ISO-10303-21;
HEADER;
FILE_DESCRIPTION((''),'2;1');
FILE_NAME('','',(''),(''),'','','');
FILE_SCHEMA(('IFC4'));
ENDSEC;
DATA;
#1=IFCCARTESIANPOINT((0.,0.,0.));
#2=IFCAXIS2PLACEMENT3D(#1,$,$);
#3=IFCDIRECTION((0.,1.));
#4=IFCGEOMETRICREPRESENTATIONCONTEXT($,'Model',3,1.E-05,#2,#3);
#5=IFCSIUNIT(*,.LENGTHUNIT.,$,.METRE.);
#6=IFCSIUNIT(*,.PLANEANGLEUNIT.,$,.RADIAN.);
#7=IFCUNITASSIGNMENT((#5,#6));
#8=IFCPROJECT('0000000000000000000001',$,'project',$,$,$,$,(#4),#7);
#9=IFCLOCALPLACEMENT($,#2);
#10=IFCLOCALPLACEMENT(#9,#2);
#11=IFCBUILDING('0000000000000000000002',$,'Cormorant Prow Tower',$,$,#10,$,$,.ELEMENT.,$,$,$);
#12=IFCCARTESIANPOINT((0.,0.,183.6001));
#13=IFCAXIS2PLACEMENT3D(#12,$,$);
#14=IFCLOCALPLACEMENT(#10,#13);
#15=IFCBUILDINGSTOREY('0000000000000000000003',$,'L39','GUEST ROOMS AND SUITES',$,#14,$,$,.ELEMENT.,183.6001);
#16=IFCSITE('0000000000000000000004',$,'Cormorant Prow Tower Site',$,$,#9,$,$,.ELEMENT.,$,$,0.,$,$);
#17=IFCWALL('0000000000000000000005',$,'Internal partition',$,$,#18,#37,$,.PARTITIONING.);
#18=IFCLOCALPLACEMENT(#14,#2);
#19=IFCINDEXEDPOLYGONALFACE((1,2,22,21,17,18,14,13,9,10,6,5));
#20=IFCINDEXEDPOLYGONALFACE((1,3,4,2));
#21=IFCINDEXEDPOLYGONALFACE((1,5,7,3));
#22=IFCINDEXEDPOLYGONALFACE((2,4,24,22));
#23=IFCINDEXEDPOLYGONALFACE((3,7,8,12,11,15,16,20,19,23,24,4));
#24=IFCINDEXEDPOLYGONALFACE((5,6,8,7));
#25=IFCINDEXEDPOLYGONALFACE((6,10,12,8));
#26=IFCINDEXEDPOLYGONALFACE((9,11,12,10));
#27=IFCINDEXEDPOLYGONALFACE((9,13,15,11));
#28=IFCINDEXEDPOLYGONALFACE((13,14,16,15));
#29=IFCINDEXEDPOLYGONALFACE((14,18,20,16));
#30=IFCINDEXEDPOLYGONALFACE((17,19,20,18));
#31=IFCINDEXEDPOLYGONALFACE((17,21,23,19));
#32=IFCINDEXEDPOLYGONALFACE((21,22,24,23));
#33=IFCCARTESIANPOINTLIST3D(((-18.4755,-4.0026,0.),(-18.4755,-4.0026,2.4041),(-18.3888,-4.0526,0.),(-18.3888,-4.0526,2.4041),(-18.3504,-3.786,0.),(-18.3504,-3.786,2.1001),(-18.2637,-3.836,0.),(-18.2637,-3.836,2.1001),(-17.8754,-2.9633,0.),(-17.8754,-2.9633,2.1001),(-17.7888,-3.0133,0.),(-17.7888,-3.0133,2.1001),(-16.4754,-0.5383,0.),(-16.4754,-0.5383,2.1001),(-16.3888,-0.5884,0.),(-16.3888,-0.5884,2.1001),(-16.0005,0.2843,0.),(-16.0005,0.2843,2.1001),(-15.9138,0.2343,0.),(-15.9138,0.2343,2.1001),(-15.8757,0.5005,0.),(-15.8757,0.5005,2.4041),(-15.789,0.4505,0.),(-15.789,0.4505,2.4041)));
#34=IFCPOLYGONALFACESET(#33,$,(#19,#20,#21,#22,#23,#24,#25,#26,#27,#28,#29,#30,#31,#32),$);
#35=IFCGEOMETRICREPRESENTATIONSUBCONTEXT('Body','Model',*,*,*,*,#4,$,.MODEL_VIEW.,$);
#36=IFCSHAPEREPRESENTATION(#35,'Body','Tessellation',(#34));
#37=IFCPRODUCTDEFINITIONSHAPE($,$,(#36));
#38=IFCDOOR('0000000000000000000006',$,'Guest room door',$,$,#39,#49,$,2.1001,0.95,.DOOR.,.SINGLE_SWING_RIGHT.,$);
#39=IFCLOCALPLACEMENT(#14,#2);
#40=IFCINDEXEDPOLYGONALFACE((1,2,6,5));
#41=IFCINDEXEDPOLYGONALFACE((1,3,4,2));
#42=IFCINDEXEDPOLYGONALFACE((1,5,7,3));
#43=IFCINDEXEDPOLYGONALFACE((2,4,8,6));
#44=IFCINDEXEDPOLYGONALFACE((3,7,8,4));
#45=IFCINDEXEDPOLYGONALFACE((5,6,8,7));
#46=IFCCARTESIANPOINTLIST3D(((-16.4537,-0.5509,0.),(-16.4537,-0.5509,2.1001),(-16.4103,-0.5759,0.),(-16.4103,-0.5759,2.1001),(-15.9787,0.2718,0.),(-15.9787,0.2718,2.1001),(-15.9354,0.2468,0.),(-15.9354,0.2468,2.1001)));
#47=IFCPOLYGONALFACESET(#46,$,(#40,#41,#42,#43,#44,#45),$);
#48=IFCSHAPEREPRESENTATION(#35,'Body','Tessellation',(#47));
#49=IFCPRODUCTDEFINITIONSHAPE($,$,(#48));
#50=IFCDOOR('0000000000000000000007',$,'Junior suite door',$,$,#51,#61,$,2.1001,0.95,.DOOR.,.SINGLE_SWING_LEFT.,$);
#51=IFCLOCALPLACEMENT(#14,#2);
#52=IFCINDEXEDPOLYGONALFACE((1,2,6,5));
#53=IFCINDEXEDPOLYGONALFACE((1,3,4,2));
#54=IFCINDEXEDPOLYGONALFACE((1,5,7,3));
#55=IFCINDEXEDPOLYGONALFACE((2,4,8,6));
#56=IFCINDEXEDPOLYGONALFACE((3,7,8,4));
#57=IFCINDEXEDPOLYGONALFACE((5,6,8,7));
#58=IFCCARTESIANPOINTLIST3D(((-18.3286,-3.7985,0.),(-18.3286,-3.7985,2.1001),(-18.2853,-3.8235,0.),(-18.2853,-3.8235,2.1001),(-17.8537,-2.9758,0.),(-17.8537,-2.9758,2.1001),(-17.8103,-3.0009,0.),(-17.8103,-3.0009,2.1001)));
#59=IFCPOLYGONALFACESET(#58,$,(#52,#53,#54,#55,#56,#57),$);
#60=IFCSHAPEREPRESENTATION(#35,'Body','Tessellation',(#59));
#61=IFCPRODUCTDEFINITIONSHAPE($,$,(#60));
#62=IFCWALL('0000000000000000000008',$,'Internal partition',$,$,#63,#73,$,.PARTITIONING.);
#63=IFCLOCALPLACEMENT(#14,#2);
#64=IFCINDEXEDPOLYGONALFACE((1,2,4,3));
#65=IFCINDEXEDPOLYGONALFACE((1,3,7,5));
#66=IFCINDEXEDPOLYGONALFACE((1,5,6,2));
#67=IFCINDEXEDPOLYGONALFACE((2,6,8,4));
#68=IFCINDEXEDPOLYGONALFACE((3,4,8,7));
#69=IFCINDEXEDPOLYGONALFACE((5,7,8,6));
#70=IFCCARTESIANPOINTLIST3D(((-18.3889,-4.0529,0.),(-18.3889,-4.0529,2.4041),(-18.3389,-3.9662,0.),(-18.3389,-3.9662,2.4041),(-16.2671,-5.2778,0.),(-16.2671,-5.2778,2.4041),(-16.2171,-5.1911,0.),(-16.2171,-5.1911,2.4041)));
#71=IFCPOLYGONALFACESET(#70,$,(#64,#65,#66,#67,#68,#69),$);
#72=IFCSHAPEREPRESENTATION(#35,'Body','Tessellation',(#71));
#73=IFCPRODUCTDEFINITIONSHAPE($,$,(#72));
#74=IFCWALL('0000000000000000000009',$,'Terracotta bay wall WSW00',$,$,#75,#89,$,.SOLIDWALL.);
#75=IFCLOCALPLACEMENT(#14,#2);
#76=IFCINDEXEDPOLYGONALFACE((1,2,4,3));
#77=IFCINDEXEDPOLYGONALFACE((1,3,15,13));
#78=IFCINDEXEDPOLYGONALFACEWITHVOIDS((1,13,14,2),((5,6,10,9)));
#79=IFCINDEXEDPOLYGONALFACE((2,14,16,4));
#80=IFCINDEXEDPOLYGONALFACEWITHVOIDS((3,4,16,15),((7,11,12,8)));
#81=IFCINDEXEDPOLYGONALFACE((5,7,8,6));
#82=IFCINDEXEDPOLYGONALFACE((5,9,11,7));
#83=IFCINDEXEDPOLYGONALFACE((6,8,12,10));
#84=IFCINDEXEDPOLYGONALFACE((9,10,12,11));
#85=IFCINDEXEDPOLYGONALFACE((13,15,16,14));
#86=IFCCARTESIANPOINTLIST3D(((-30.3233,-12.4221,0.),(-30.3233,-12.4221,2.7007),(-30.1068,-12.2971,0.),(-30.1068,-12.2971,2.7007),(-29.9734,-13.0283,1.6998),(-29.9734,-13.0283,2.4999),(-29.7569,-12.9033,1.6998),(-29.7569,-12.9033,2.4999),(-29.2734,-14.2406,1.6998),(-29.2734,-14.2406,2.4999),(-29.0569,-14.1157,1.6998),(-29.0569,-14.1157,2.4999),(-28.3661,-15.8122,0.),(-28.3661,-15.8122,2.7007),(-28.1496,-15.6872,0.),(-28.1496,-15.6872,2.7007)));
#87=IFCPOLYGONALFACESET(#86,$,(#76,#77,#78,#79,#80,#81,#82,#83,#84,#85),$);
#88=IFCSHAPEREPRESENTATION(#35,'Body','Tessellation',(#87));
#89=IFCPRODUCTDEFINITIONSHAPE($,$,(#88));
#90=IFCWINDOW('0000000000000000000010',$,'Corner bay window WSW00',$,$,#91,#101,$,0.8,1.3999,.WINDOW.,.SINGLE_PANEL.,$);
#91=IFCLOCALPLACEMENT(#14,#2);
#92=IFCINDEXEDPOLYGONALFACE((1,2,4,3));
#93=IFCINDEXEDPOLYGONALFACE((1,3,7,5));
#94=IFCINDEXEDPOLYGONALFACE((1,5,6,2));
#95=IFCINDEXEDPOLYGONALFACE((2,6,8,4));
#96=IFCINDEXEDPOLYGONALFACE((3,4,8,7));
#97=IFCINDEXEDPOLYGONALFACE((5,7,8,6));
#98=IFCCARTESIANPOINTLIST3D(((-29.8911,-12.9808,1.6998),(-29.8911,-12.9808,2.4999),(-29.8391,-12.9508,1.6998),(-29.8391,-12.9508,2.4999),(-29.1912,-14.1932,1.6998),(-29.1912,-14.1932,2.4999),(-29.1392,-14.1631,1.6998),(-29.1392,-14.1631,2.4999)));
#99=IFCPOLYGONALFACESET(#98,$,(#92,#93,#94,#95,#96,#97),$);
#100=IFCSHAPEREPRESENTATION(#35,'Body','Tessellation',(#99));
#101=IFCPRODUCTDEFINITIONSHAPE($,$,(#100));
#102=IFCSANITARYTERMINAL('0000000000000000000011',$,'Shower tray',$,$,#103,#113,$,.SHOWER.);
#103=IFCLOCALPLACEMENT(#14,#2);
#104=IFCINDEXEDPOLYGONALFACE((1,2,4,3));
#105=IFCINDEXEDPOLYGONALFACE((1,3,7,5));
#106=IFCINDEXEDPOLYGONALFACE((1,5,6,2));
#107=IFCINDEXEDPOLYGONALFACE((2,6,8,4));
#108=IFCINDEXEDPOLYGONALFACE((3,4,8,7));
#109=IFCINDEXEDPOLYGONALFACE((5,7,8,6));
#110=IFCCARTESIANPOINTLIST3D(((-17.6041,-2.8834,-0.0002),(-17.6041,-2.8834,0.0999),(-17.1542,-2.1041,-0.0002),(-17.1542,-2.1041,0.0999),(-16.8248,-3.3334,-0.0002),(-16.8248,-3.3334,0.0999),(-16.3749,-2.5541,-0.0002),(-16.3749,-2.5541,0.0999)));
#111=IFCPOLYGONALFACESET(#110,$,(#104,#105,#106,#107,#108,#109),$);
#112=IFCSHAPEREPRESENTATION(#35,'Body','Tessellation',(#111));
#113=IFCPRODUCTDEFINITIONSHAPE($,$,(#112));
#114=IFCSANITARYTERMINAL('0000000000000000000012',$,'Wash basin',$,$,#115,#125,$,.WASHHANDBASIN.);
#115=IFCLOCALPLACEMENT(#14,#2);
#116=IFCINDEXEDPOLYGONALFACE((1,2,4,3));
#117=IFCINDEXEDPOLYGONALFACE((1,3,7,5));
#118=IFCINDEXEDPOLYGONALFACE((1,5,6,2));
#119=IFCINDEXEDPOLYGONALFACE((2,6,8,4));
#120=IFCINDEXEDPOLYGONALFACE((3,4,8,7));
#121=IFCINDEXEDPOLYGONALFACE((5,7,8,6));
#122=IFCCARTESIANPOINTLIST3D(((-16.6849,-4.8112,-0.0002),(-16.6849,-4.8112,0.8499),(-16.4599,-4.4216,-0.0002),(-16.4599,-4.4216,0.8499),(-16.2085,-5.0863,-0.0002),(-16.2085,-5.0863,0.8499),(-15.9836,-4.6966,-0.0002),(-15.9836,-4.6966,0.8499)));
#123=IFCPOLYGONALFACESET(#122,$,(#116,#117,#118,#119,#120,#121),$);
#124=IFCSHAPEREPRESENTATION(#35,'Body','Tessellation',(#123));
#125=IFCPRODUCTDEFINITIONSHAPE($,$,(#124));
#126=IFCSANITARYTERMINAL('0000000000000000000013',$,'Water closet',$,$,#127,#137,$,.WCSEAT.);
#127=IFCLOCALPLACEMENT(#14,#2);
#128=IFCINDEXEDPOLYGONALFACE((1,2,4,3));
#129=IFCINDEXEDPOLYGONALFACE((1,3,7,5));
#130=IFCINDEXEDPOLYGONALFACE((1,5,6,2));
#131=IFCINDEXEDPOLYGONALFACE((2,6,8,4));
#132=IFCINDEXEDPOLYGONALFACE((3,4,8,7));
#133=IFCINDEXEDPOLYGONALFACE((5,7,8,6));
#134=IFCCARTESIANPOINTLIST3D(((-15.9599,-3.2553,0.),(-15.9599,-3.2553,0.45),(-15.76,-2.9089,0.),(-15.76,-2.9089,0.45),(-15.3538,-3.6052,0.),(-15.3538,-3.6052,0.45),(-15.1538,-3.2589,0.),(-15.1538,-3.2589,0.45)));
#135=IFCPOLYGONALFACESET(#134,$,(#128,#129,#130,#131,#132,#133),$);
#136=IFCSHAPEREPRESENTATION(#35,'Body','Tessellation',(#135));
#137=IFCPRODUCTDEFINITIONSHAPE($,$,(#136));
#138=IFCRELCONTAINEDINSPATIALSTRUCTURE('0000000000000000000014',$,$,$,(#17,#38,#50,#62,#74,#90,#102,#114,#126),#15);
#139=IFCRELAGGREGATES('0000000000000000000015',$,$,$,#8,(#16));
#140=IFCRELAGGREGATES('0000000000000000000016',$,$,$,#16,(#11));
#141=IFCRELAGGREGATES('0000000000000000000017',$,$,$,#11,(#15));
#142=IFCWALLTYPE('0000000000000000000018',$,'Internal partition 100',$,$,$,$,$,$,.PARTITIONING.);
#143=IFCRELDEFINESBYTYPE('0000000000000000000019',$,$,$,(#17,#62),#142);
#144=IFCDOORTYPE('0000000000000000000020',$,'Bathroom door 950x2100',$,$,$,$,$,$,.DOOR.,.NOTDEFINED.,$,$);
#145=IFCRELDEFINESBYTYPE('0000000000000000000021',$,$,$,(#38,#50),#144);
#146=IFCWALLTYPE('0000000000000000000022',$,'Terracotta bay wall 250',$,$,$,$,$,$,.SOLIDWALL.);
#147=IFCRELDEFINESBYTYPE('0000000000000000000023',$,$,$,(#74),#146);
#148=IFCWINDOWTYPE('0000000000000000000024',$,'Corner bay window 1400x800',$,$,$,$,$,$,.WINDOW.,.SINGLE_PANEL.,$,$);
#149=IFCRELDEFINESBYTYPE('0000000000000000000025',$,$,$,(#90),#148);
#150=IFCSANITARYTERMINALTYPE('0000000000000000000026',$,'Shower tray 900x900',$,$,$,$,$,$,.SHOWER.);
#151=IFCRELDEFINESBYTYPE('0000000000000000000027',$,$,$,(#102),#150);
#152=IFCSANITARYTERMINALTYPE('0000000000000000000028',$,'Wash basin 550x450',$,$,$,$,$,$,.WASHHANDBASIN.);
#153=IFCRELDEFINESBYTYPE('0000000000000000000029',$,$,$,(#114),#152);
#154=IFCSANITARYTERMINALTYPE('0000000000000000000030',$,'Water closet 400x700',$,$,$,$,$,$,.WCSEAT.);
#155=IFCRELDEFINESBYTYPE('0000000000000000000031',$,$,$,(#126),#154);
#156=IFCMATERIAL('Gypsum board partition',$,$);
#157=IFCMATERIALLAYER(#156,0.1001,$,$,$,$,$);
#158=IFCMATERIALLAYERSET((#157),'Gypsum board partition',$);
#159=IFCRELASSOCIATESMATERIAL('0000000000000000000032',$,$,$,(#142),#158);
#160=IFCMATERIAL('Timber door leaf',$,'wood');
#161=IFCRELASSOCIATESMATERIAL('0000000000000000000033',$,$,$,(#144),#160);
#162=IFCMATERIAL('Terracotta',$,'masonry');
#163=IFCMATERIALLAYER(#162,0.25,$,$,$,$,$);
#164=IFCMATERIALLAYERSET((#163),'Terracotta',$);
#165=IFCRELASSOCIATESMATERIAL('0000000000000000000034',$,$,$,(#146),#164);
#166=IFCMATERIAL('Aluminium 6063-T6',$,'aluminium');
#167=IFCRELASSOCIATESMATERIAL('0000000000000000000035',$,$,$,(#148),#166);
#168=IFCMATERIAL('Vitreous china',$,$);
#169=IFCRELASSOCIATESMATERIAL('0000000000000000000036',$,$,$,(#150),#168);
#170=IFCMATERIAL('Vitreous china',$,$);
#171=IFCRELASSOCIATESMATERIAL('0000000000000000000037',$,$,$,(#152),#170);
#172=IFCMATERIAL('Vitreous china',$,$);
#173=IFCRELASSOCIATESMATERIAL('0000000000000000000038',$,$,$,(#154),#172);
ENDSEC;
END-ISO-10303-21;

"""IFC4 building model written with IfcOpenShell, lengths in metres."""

from ifc_helpers import new_model, si_unit, direction, frame, frame_2d, origin, origin_2d, place, context, subcontext, project, spatial, rectangle, extrude, material, layer, layer_set, type_object, element, fill, save


model = new_model("IFC4")

# Units and contexts
model_context = context("Model", 3, precision=1e-05, world=origin(), true_north=direction((0.0, 1.0)))
body_context = subcontext(model_context, "Body", "Model", "MODEL_VIEW")
ifc_project = project(units=[si_unit("LENGTHUNIT", "METRE"), si_unit("PLANEANGLEUNIT", "RADIAN")], contexts=[model_context])

# Site, building, storey
site_placement = place(None, origin())
site = spatial("IfcSite", under=ifc_project, at=site_placement, Name="Cormorant Prow Tower Site", CompositionType="ELEMENT", RefElevation=0.0)
building_placement = place(site_placement, origin())
building = spatial("IfcBuilding", under=site, at=building_placement, Name="Cormorant Prow Tower", CompositionType="ELEMENT")
storey_placement = place(building_placement, frame((0.0, 0.0, 183.6001)))
storey = spatial("IfcBuildingStorey", under=building, at=storey_placement, Name="L39", Description="GUEST ROOMS AND SUITES", CompositionType="ELEMENT", Elevation=183.6001)

# Wall, openings, doors
ifc_material_1 = material(Name="Gypsum board partition")
ifc_layer_1 = layer(ifc_material_1, 0.1001)
ifc_layer_set_1 = layer_set([ifc_layer_1], Name="Gypsum board partition")
wall_type_1 = type_object("IfcWallType", Name="Internal partition 100", PredefinedType="PARTITIONING", material=ifc_layer_set_1)
wall_1_placement = place(storey_placement, frame((-18.4321, -4.0276, 0.0), z_axis=(0.0, 0.0, 1.0), x_axis=(0.499992, 0.86603, 0.0)))
wall_1 = element("IfcWall", 1, at=wall_1_placement, inside=storey, type_object=wall_type_1, Name="Internal partition", PredefinedType="PARTITIONING", context=body_context, shape_type="SweptSolid", body=[
    extrude(rectangle(XDim=5.1997, YDim=0.1001, at=frame_2d((2.5999, 0.0))), origin(), (0.0, 0.0, 1.0), 2.4041),
])
opening_1_placement = place(wall_1_placement, frame((4.0, 0.0, 0.0)))
opening_1 = element("IfcOpeningElement", 2, at=opening_1_placement, cuts=wall_1, PredefinedType="OPENING", context=body_context, shape_type="SweptSolid", body=[
    extrude(rectangle(XDim=0.95, YDim=2.1001, at=frame_2d((0.4751, 1.05))), frame((0.0, 0.0601, 0.0), z_axis=(0.0, -1.0, 0.0), x_axis=(1.0, 0.0, 0.0)), (0.0, 0.0, 1.0), 0.1201),
])
opening_2_placement = place(wall_1_placement, frame((0.25, 0.0, 0.0)))
opening_2 = element("IfcOpeningElement", 3, at=opening_2_placement, cuts=wall_1, PredefinedType="OPENING", context=body_context, shape_type="SweptSolid", body=[
    extrude(rectangle(XDim=0.95, YDim=2.1001, at=frame_2d((0.4751, 1.05))), frame((0.0, 0.0601, 0.0), z_axis=(0.0, -1.0, 0.0), x_axis=(1.0, 0.0, 0.0)), (0.0, 0.0, 1.0), 0.1201),
])
ifc_material_2 = material(Name="Timber door leaf", Category="wood")
door_type_1 = type_object("IfcDoorType", Name="Bathroom door 950x2100", OperationType="NOTDEFINED", PredefinedType="DOOR", material=ifc_material_2)
door_1_placement = place(opening_1_placement, origin())
door_1 = element("IfcDoor", 4, at=door_1_placement, inside=storey, type_object=door_type_1, Name="Guest room door", OperationType="SINGLE_SWING_RIGHT", OverallHeight=2.1001, OverallWidth=0.95, PredefinedType="DOOR", context=body_context, shape_type="SweptSolid", body=[
    extrude(rectangle(XDim=0.95, YDim=2.1001, at=frame_2d((0.4751, 1.05))), frame((0.0, 0.0249, 0.0), z_axis=(0.0, -1.0, 0.0), x_axis=(1.0, 0.0, 0.0)), (0.0, 0.0, 1.0), 0.05),
])
fill(opening_1, door_1)
door_2_placement = place(opening_2_placement, origin())
door_2 = element("IfcDoor", 5, at=door_2_placement, inside=storey, type_object=door_type_1, Name="Junior suite door", OperationType="SINGLE_SWING_LEFT", OverallHeight=2.1001, OverallWidth=0.95, PredefinedType="DOOR", context=body_context, shape_type="SweptSolid", body=[
    extrude(rectangle(XDim=0.95, YDim=2.1001, at=frame_2d((0.4751, 1.05))), frame((0.0, 0.0249, 0.0), z_axis=(0.0, -1.0, 0.0), x_axis=(1.0, 0.0, 0.0)), (0.0, 0.0, 1.0), 0.05),
])
fill(opening_2, door_2)

# Wall
wall_2_placement = place(storey_placement, frame((-18.364, -4.0095, 0.0), z_axis=(0.0, 0.0, 1.0), x_axis=(0.866058, -0.499944, 0.0)))
element("IfcWall", 6, at=wall_2_placement, inside=storey, type_object=wall_type_1, Name="Internal partition", PredefinedType="PARTITIONING", context=body_context, shape_type="SweptSolid", body=[
    extrude(rectangle(XDim=2.45, YDim=0.1001, at=frame_2d((1.2251, 0.0))), origin(), (0.0, 0.0, 1.0), 2.4041),
])

# Wall, opening, window
ifc_material_3 = material(Name="Terracotta", Category="masonry")
ifc_layer_2 = layer(ifc_material_3, 0.25)
ifc_layer_set_2 = layer_set([ifc_layer_2], Name="Terracotta")
wall_type_2 = type_object("IfcWallType", Name="Terracotta bay wall 250", PredefinedType="SOLIDWALL", material=ifc_layer_set_2)
wall_3_placement = place(storey_placement, frame((-30.2151, -12.3596, 0.0), z_axis=(0.0, 0.0, 1.0), x_axis=(0.499996, -0.866028, 0.0)))
wall_3 = element("IfcWall", 7, at=wall_3_placement, inside=storey, type_object=wall_type_2, Name="Terracotta bay wall WSW00", PredefinedType="SOLIDWALL", context=body_context, shape_type="SweptSolid", body=[
    extrude(rectangle(XDim=3.9146, YDim=0.25, at=frame_2d((1.9573, 0.0))), origin(), (0.0, 0.0, 1.0), 2.7007),
])
opening_3_placement = place(wall_3_placement, frame((0.7, 0.0, 1.7)))
opening_3 = element("IfcOpeningElement", 8, at=opening_3_placement, cuts=wall_3, PredefinedType="OPENING", context=body_context, shape_type="SweptSolid", body=[
    extrude(rectangle(XDim=1.3999, YDim=0.8, at=frame_2d((0.7, 0.3999))), frame((0.0, 0.135, 0.0), z_axis=(0.0, -1.0, 0.0), x_axis=(1.0, 0.0, 0.0)), (0.0, 0.0, 1.0), 0.27),
])
ifc_material_4 = material(Name="Aluminium 6063-T6", Category="aluminium")
window_type = type_object("IfcWindowType", Name="Corner bay window 1400x800", PartitioningType="SINGLE_PANEL", PredefinedType="WINDOW", material=ifc_material_4)
window_placement = place(opening_3_placement, origin())
window = element("IfcWindow", 9, at=window_placement, inside=storey, type_object=window_type, Name="Corner bay window WSW00", OverallHeight=0.8, OverallWidth=1.3999, PartitioningType="SINGLE_PANEL", PredefinedType="WINDOW", context=body_context, shape_type="SweptSolid", body=[
    extrude(rectangle(XDim=1.3999, YDim=0.8, at=frame_2d((0.7, 0.3999))), frame((0.0, 0.03, 0.0), z_axis=(0.0, -1.0, 0.0), x_axis=(1.0, 0.0, 0.0)), (0.0, 0.0, 1.0), 0.0601),
])
fill(opening_3, window)

# Sanitary terminals
ifc_material_5 = material(Name="Vitreous china")
sanitary_terminal_type_1 = type_object("IfcSanitaryTerminalType", Name="Shower tray 900x900", PredefinedType="SHOWER", material=ifc_material_5)
sanitary_terminal_1_placement = place(storey_placement, frame((-16.9895, -2.7188, -0.0002), z_axis=(0.0, 0.0, 1.0), x_axis=(0.866025, -0.5, 0.0)))
element("IfcSanitaryTerminal", 10, at=sanitary_terminal_1_placement, inside=storey, type_object=sanitary_terminal_type_1, Name="Shower tray", PredefinedType="SHOWER", context=body_context, shape_type="SweptSolid", body=[
    extrude(rectangle(XDim=0.8999, YDim=0.8999, at=origin_2d()), origin(), (0.0, 0.0, 1.0), 0.1001),
])
ifc_material_6 = material(Name="Vitreous china")
sanitary_terminal_type_2 = type_object("IfcSanitaryTerminalType", Name="Wash basin 550x450", PredefinedType="WASHHANDBASIN", material=ifc_material_6)
sanitary_terminal_2_placement = place(storey_placement, frame((-16.3342, -4.7539, -0.0002), z_axis=(0.0, 0.0, 1.0), x_axis=(-0.866025, 0.5, 0.0)))
element("IfcSanitaryTerminal", 11, at=sanitary_terminal_2_placement, inside=storey, type_object=sanitary_terminal_type_2, Name="Wash basin", PredefinedType="WASHHANDBASIN", context=body_context, shape_type="SweptSolid", body=[
    extrude(rectangle(XDim=0.55, YDim=0.45, at=origin_2d()), origin(), (0.0, 0.0, 1.0), 0.8501),
])
ifc_material_7 = material(Name="Vitreous china")
sanitary_terminal_type_3 = type_object("IfcSanitaryTerminalType", Name="Water closet 400x700", PredefinedType="WCSEAT", material=ifc_material_7)
sanitary_terminal_3_placement = place(storey_placement, frame((-15.5569, -3.2571, 0.0), z_axis=(0.0, 0.0, 1.0), x_axis=(-0.5, -0.866025, 0.0)))
element("IfcSanitaryTerminal", 12, at=sanitary_terminal_3_placement, inside=storey, type_object=sanitary_terminal_type_3, Name="Water closet", PredefinedType="WCSEAT", context=body_context, shape_type="SweptSolid", body=[
    extrude(rectangle(XDim=0.3999, YDim=0.7, at=origin_2d()), origin(), (0.0, 0.0, 1.0), 0.45),
])

save(model, "model.ifc")
